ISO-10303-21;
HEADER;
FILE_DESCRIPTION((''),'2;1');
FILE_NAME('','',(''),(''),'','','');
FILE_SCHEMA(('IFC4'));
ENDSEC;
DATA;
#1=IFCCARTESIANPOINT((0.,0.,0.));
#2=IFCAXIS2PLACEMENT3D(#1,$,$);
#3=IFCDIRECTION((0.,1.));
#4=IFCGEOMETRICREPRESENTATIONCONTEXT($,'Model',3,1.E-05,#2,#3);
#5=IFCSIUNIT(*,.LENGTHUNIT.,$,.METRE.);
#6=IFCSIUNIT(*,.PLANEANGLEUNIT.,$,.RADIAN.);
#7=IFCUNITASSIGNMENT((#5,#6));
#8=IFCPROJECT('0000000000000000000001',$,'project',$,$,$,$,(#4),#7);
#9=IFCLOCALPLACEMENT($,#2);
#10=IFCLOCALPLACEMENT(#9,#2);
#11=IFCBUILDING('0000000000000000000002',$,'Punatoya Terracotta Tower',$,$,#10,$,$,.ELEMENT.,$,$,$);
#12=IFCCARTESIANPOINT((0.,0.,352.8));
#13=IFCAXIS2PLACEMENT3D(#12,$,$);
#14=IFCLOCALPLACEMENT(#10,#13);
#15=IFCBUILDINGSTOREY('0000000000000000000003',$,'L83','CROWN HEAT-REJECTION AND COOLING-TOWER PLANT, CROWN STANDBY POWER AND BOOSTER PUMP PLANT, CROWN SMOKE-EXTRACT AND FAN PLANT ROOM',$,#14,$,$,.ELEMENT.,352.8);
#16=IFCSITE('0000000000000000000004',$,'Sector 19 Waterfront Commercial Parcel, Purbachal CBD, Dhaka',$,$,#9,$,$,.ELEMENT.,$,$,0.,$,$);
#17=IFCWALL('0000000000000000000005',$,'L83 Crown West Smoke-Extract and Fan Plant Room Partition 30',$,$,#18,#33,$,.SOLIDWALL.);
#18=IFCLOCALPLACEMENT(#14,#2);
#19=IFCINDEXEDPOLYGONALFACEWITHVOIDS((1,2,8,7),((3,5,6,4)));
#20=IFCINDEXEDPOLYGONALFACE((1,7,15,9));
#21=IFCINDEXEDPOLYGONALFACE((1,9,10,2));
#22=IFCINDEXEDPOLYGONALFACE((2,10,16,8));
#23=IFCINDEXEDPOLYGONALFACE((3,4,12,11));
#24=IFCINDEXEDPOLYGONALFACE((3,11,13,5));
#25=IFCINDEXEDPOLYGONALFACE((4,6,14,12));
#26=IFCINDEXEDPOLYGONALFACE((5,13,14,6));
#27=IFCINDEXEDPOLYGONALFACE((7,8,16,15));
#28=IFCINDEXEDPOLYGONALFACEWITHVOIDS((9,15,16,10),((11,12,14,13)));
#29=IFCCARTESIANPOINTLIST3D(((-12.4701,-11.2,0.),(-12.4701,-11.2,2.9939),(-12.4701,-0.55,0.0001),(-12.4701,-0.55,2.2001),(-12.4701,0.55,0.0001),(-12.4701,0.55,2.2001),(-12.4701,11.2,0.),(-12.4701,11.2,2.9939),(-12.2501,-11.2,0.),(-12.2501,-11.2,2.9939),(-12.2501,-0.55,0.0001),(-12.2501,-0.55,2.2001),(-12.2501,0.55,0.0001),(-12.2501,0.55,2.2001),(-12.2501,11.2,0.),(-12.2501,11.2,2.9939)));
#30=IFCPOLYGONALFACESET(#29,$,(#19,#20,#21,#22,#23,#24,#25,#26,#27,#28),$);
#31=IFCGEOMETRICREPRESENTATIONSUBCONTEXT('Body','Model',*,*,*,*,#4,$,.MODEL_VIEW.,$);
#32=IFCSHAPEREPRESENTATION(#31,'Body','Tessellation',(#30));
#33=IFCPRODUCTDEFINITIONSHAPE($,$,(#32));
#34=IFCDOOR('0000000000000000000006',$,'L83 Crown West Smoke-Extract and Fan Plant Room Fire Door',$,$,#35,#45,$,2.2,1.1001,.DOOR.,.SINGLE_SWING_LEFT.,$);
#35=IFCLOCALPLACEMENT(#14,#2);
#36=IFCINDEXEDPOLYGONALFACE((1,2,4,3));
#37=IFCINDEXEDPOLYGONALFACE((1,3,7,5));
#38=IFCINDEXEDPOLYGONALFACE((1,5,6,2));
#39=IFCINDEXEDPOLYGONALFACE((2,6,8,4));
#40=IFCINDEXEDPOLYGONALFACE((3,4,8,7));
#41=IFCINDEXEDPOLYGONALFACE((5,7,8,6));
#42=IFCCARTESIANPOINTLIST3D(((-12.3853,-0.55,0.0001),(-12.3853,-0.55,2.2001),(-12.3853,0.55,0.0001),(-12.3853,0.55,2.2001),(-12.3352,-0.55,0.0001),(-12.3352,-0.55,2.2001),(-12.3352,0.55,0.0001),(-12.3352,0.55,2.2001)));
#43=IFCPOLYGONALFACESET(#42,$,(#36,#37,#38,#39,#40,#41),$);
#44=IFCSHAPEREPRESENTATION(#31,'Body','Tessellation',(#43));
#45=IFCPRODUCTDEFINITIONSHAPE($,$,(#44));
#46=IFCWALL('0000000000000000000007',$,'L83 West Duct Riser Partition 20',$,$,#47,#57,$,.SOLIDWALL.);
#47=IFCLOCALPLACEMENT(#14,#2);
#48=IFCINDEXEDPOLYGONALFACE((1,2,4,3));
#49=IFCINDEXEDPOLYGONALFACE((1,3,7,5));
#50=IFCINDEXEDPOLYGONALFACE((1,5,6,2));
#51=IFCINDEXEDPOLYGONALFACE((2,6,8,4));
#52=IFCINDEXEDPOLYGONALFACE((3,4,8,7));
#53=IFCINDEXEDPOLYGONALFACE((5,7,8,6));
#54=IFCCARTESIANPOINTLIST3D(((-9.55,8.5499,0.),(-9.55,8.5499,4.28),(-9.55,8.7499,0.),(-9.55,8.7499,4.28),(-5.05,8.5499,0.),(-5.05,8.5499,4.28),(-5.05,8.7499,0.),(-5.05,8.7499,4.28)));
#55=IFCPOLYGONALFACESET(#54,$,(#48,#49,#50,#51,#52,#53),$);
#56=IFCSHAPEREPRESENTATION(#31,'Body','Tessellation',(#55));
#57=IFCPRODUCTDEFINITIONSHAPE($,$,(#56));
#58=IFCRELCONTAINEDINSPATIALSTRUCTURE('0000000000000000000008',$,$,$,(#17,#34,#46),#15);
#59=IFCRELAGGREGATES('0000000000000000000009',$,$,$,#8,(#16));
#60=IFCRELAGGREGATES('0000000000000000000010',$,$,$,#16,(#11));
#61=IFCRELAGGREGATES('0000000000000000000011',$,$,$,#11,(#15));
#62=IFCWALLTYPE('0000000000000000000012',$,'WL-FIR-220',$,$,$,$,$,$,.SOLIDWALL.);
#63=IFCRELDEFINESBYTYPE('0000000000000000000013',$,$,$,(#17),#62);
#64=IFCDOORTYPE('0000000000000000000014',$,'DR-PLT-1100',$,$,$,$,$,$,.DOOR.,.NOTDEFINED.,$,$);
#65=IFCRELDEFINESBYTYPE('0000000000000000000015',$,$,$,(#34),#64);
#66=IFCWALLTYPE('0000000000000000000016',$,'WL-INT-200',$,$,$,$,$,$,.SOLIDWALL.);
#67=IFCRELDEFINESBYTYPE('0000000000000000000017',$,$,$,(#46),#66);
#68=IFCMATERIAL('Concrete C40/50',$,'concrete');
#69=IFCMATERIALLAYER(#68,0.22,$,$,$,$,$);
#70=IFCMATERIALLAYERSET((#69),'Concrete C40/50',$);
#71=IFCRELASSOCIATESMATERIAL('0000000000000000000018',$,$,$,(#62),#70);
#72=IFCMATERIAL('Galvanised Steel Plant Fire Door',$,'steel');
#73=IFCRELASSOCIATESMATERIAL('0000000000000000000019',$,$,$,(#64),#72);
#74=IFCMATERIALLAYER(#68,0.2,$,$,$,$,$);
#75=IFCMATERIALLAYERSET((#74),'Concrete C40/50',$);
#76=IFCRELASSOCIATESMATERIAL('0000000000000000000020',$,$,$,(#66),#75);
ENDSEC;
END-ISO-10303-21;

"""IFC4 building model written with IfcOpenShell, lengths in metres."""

from ifc_helpers import new_model, si_unit, direction, frame, frame_2d, origin, place, context, subcontext, project, spatial, rectangle, extrude, material, layer, layer_set, type_object, element, fill, save


model = new_model("IFC4")

# Units and contexts
model_context = context("Model", 3, precision=1e-05, world=origin(), true_north=direction((0.0, 1.0)))
body_context = subcontext(model_context, "Body", "Model", "MODEL_VIEW")
ifc_project = project(units=[si_unit("LENGTHUNIT", "METRE"), si_unit("PLANEANGLEUNIT", "RADIAN")], contexts=[model_context])

# Site, building, storey
site_placement = place(None, origin())
site = spatial("IfcSite", under=ifc_project, at=site_placement, Name="Sector 19 Waterfront Commercial Parcel, Purbachal CBD, Dhaka", CompositionType="ELEMENT", RefElevation=0.0)
building_placement = place(site_placement, origin())
building = spatial("IfcBuilding", under=site, at=building_placement, Name="Punatoya Terracotta Tower", CompositionType="ELEMENT")
storey_placement = place(building_placement, frame((0.0, 0.0, 352.8)))
storey = spatial("IfcBuildingStorey", under=building, at=storey_placement, Name="L83", Description="CROWN HEAT-REJECTION AND COOLING-TOWER PLANT, CROWN STANDBY POWER AND BOOSTER PUMP PLANT, CROWN SMOKE-EXTRACT AND FAN PLANT ROOM", CompositionType="ELEMENT", Elevation=352.8)

# Wall, opening, door
ifc_material_1 = material(Name="Concrete C40/50", Category="concrete")
ifc_layer_1 = layer(ifc_material_1, 0.22)
ifc_layer_set_1 = layer_set([ifc_layer_1], Name="Concrete C40/50")
wall_type_1 = type_object("IfcWallType", Name="WL-FIR-220", PredefinedType="SOLIDWALL", material=ifc_layer_set_1)
wall_1_placement = place(storey_placement, frame((-12.3601, 11.2, 0.0), z_axis=(0.0, 0.0, 1.0), x_axis=(0.0, -1.0, 0.0)))
wall_1 = element("IfcWall", 1, at=wall_1_placement, inside=storey, type_object=wall_type_1, Name="L83 Crown West Smoke-Extract and Fan Plant Room Partition 30", PredefinedType="SOLIDWALL", context=body_context, shape_type="SweptSolid", body=[
    extrude(rectangle(XDim=22.3999, YDim=0.22, at=frame_2d((11.2, 0.0))), origin(), (0.0, 0.0, 1.0), 2.9939),
])
opening_placement = place(wall_1_placement, frame((10.6499, 0.0, 0.0)))
opening = element("IfcOpeningElement", 2, at=opening_placement, cuts=wall_1, PredefinedType="OPENING", context=body_context, shape_type="SweptSolid", body=[
    extrude(rectangle(XDim=1.1001, YDim=2.2, at=frame_2d((0.55, 1.1001))), frame((0.0, 0.1199, 0.0), z_axis=(0.0, -1.0, 0.0), x_axis=(1.0, 0.0, 0.0)), (0.0, 0.0, 1.0), 0.24),
])
ifc_material_2 = material(Name="Galvanised Steel Plant Fire Door", Category="steel")
door_type = type_object("IfcDoorType", Name="DR-PLT-1100", OperationType="NOTDEFINED", PredefinedType="DOOR", material=ifc_material_2)
door_placement = place(opening_placement, origin())
door = element("IfcDoor", 3, at=door_placement, inside=storey, type_object=door_type, Name="L83 Crown West Smoke-Extract and Fan Plant Room Fire Door", OperationType="SINGLE_SWING_LEFT", OverallHeight=2.2, OverallWidth=1.1001, PredefinedType="DOOR", context=body_context, shape_type="SweptSolid", body=[
    extrude(rectangle(XDim=1.1001, YDim=2.2, at=frame_2d((0.55, 1.1001))), frame((0.0, 0.0249, 0.0), z_axis=(0.0, -1.0, 0.0), x_axis=(1.0, 0.0, 0.0)), (0.0, 0.0, 1.0), 0.05),
])
fill(opening, door)

# Wall
ifc_layer_2 = layer(ifc_material_1, 0.2)
ifc_layer_set_2 = layer_set([ifc_layer_2], Name="Concrete C40/50")
wall_type_2 = type_object("IfcWallType", Name="WL-INT-200", PredefinedType="SOLIDWALL", material=ifc_layer_set_2)
wall_2_placement = place(storey_placement, frame((-5.05, 8.6499, 0.0), z_axis=(0.0, 0.0, 1.0), x_axis=(-1.0, 0.0, 0.0)))
element("IfcWall", 4, at=wall_2_placement, inside=storey, type_object=wall_type_2, Name="L83 West Duct Riser Partition 20", PredefinedType="SOLIDWALL", context=body_context, shape_type="SweptSolid", body=[
    extrude(rectangle(XDim=4.5, YDim=0.2, at=frame_2d((2.25, 0.0))), origin(), (0.0, 0.0, 1.0), 4.28),
])

save(model, "model.ifc")
